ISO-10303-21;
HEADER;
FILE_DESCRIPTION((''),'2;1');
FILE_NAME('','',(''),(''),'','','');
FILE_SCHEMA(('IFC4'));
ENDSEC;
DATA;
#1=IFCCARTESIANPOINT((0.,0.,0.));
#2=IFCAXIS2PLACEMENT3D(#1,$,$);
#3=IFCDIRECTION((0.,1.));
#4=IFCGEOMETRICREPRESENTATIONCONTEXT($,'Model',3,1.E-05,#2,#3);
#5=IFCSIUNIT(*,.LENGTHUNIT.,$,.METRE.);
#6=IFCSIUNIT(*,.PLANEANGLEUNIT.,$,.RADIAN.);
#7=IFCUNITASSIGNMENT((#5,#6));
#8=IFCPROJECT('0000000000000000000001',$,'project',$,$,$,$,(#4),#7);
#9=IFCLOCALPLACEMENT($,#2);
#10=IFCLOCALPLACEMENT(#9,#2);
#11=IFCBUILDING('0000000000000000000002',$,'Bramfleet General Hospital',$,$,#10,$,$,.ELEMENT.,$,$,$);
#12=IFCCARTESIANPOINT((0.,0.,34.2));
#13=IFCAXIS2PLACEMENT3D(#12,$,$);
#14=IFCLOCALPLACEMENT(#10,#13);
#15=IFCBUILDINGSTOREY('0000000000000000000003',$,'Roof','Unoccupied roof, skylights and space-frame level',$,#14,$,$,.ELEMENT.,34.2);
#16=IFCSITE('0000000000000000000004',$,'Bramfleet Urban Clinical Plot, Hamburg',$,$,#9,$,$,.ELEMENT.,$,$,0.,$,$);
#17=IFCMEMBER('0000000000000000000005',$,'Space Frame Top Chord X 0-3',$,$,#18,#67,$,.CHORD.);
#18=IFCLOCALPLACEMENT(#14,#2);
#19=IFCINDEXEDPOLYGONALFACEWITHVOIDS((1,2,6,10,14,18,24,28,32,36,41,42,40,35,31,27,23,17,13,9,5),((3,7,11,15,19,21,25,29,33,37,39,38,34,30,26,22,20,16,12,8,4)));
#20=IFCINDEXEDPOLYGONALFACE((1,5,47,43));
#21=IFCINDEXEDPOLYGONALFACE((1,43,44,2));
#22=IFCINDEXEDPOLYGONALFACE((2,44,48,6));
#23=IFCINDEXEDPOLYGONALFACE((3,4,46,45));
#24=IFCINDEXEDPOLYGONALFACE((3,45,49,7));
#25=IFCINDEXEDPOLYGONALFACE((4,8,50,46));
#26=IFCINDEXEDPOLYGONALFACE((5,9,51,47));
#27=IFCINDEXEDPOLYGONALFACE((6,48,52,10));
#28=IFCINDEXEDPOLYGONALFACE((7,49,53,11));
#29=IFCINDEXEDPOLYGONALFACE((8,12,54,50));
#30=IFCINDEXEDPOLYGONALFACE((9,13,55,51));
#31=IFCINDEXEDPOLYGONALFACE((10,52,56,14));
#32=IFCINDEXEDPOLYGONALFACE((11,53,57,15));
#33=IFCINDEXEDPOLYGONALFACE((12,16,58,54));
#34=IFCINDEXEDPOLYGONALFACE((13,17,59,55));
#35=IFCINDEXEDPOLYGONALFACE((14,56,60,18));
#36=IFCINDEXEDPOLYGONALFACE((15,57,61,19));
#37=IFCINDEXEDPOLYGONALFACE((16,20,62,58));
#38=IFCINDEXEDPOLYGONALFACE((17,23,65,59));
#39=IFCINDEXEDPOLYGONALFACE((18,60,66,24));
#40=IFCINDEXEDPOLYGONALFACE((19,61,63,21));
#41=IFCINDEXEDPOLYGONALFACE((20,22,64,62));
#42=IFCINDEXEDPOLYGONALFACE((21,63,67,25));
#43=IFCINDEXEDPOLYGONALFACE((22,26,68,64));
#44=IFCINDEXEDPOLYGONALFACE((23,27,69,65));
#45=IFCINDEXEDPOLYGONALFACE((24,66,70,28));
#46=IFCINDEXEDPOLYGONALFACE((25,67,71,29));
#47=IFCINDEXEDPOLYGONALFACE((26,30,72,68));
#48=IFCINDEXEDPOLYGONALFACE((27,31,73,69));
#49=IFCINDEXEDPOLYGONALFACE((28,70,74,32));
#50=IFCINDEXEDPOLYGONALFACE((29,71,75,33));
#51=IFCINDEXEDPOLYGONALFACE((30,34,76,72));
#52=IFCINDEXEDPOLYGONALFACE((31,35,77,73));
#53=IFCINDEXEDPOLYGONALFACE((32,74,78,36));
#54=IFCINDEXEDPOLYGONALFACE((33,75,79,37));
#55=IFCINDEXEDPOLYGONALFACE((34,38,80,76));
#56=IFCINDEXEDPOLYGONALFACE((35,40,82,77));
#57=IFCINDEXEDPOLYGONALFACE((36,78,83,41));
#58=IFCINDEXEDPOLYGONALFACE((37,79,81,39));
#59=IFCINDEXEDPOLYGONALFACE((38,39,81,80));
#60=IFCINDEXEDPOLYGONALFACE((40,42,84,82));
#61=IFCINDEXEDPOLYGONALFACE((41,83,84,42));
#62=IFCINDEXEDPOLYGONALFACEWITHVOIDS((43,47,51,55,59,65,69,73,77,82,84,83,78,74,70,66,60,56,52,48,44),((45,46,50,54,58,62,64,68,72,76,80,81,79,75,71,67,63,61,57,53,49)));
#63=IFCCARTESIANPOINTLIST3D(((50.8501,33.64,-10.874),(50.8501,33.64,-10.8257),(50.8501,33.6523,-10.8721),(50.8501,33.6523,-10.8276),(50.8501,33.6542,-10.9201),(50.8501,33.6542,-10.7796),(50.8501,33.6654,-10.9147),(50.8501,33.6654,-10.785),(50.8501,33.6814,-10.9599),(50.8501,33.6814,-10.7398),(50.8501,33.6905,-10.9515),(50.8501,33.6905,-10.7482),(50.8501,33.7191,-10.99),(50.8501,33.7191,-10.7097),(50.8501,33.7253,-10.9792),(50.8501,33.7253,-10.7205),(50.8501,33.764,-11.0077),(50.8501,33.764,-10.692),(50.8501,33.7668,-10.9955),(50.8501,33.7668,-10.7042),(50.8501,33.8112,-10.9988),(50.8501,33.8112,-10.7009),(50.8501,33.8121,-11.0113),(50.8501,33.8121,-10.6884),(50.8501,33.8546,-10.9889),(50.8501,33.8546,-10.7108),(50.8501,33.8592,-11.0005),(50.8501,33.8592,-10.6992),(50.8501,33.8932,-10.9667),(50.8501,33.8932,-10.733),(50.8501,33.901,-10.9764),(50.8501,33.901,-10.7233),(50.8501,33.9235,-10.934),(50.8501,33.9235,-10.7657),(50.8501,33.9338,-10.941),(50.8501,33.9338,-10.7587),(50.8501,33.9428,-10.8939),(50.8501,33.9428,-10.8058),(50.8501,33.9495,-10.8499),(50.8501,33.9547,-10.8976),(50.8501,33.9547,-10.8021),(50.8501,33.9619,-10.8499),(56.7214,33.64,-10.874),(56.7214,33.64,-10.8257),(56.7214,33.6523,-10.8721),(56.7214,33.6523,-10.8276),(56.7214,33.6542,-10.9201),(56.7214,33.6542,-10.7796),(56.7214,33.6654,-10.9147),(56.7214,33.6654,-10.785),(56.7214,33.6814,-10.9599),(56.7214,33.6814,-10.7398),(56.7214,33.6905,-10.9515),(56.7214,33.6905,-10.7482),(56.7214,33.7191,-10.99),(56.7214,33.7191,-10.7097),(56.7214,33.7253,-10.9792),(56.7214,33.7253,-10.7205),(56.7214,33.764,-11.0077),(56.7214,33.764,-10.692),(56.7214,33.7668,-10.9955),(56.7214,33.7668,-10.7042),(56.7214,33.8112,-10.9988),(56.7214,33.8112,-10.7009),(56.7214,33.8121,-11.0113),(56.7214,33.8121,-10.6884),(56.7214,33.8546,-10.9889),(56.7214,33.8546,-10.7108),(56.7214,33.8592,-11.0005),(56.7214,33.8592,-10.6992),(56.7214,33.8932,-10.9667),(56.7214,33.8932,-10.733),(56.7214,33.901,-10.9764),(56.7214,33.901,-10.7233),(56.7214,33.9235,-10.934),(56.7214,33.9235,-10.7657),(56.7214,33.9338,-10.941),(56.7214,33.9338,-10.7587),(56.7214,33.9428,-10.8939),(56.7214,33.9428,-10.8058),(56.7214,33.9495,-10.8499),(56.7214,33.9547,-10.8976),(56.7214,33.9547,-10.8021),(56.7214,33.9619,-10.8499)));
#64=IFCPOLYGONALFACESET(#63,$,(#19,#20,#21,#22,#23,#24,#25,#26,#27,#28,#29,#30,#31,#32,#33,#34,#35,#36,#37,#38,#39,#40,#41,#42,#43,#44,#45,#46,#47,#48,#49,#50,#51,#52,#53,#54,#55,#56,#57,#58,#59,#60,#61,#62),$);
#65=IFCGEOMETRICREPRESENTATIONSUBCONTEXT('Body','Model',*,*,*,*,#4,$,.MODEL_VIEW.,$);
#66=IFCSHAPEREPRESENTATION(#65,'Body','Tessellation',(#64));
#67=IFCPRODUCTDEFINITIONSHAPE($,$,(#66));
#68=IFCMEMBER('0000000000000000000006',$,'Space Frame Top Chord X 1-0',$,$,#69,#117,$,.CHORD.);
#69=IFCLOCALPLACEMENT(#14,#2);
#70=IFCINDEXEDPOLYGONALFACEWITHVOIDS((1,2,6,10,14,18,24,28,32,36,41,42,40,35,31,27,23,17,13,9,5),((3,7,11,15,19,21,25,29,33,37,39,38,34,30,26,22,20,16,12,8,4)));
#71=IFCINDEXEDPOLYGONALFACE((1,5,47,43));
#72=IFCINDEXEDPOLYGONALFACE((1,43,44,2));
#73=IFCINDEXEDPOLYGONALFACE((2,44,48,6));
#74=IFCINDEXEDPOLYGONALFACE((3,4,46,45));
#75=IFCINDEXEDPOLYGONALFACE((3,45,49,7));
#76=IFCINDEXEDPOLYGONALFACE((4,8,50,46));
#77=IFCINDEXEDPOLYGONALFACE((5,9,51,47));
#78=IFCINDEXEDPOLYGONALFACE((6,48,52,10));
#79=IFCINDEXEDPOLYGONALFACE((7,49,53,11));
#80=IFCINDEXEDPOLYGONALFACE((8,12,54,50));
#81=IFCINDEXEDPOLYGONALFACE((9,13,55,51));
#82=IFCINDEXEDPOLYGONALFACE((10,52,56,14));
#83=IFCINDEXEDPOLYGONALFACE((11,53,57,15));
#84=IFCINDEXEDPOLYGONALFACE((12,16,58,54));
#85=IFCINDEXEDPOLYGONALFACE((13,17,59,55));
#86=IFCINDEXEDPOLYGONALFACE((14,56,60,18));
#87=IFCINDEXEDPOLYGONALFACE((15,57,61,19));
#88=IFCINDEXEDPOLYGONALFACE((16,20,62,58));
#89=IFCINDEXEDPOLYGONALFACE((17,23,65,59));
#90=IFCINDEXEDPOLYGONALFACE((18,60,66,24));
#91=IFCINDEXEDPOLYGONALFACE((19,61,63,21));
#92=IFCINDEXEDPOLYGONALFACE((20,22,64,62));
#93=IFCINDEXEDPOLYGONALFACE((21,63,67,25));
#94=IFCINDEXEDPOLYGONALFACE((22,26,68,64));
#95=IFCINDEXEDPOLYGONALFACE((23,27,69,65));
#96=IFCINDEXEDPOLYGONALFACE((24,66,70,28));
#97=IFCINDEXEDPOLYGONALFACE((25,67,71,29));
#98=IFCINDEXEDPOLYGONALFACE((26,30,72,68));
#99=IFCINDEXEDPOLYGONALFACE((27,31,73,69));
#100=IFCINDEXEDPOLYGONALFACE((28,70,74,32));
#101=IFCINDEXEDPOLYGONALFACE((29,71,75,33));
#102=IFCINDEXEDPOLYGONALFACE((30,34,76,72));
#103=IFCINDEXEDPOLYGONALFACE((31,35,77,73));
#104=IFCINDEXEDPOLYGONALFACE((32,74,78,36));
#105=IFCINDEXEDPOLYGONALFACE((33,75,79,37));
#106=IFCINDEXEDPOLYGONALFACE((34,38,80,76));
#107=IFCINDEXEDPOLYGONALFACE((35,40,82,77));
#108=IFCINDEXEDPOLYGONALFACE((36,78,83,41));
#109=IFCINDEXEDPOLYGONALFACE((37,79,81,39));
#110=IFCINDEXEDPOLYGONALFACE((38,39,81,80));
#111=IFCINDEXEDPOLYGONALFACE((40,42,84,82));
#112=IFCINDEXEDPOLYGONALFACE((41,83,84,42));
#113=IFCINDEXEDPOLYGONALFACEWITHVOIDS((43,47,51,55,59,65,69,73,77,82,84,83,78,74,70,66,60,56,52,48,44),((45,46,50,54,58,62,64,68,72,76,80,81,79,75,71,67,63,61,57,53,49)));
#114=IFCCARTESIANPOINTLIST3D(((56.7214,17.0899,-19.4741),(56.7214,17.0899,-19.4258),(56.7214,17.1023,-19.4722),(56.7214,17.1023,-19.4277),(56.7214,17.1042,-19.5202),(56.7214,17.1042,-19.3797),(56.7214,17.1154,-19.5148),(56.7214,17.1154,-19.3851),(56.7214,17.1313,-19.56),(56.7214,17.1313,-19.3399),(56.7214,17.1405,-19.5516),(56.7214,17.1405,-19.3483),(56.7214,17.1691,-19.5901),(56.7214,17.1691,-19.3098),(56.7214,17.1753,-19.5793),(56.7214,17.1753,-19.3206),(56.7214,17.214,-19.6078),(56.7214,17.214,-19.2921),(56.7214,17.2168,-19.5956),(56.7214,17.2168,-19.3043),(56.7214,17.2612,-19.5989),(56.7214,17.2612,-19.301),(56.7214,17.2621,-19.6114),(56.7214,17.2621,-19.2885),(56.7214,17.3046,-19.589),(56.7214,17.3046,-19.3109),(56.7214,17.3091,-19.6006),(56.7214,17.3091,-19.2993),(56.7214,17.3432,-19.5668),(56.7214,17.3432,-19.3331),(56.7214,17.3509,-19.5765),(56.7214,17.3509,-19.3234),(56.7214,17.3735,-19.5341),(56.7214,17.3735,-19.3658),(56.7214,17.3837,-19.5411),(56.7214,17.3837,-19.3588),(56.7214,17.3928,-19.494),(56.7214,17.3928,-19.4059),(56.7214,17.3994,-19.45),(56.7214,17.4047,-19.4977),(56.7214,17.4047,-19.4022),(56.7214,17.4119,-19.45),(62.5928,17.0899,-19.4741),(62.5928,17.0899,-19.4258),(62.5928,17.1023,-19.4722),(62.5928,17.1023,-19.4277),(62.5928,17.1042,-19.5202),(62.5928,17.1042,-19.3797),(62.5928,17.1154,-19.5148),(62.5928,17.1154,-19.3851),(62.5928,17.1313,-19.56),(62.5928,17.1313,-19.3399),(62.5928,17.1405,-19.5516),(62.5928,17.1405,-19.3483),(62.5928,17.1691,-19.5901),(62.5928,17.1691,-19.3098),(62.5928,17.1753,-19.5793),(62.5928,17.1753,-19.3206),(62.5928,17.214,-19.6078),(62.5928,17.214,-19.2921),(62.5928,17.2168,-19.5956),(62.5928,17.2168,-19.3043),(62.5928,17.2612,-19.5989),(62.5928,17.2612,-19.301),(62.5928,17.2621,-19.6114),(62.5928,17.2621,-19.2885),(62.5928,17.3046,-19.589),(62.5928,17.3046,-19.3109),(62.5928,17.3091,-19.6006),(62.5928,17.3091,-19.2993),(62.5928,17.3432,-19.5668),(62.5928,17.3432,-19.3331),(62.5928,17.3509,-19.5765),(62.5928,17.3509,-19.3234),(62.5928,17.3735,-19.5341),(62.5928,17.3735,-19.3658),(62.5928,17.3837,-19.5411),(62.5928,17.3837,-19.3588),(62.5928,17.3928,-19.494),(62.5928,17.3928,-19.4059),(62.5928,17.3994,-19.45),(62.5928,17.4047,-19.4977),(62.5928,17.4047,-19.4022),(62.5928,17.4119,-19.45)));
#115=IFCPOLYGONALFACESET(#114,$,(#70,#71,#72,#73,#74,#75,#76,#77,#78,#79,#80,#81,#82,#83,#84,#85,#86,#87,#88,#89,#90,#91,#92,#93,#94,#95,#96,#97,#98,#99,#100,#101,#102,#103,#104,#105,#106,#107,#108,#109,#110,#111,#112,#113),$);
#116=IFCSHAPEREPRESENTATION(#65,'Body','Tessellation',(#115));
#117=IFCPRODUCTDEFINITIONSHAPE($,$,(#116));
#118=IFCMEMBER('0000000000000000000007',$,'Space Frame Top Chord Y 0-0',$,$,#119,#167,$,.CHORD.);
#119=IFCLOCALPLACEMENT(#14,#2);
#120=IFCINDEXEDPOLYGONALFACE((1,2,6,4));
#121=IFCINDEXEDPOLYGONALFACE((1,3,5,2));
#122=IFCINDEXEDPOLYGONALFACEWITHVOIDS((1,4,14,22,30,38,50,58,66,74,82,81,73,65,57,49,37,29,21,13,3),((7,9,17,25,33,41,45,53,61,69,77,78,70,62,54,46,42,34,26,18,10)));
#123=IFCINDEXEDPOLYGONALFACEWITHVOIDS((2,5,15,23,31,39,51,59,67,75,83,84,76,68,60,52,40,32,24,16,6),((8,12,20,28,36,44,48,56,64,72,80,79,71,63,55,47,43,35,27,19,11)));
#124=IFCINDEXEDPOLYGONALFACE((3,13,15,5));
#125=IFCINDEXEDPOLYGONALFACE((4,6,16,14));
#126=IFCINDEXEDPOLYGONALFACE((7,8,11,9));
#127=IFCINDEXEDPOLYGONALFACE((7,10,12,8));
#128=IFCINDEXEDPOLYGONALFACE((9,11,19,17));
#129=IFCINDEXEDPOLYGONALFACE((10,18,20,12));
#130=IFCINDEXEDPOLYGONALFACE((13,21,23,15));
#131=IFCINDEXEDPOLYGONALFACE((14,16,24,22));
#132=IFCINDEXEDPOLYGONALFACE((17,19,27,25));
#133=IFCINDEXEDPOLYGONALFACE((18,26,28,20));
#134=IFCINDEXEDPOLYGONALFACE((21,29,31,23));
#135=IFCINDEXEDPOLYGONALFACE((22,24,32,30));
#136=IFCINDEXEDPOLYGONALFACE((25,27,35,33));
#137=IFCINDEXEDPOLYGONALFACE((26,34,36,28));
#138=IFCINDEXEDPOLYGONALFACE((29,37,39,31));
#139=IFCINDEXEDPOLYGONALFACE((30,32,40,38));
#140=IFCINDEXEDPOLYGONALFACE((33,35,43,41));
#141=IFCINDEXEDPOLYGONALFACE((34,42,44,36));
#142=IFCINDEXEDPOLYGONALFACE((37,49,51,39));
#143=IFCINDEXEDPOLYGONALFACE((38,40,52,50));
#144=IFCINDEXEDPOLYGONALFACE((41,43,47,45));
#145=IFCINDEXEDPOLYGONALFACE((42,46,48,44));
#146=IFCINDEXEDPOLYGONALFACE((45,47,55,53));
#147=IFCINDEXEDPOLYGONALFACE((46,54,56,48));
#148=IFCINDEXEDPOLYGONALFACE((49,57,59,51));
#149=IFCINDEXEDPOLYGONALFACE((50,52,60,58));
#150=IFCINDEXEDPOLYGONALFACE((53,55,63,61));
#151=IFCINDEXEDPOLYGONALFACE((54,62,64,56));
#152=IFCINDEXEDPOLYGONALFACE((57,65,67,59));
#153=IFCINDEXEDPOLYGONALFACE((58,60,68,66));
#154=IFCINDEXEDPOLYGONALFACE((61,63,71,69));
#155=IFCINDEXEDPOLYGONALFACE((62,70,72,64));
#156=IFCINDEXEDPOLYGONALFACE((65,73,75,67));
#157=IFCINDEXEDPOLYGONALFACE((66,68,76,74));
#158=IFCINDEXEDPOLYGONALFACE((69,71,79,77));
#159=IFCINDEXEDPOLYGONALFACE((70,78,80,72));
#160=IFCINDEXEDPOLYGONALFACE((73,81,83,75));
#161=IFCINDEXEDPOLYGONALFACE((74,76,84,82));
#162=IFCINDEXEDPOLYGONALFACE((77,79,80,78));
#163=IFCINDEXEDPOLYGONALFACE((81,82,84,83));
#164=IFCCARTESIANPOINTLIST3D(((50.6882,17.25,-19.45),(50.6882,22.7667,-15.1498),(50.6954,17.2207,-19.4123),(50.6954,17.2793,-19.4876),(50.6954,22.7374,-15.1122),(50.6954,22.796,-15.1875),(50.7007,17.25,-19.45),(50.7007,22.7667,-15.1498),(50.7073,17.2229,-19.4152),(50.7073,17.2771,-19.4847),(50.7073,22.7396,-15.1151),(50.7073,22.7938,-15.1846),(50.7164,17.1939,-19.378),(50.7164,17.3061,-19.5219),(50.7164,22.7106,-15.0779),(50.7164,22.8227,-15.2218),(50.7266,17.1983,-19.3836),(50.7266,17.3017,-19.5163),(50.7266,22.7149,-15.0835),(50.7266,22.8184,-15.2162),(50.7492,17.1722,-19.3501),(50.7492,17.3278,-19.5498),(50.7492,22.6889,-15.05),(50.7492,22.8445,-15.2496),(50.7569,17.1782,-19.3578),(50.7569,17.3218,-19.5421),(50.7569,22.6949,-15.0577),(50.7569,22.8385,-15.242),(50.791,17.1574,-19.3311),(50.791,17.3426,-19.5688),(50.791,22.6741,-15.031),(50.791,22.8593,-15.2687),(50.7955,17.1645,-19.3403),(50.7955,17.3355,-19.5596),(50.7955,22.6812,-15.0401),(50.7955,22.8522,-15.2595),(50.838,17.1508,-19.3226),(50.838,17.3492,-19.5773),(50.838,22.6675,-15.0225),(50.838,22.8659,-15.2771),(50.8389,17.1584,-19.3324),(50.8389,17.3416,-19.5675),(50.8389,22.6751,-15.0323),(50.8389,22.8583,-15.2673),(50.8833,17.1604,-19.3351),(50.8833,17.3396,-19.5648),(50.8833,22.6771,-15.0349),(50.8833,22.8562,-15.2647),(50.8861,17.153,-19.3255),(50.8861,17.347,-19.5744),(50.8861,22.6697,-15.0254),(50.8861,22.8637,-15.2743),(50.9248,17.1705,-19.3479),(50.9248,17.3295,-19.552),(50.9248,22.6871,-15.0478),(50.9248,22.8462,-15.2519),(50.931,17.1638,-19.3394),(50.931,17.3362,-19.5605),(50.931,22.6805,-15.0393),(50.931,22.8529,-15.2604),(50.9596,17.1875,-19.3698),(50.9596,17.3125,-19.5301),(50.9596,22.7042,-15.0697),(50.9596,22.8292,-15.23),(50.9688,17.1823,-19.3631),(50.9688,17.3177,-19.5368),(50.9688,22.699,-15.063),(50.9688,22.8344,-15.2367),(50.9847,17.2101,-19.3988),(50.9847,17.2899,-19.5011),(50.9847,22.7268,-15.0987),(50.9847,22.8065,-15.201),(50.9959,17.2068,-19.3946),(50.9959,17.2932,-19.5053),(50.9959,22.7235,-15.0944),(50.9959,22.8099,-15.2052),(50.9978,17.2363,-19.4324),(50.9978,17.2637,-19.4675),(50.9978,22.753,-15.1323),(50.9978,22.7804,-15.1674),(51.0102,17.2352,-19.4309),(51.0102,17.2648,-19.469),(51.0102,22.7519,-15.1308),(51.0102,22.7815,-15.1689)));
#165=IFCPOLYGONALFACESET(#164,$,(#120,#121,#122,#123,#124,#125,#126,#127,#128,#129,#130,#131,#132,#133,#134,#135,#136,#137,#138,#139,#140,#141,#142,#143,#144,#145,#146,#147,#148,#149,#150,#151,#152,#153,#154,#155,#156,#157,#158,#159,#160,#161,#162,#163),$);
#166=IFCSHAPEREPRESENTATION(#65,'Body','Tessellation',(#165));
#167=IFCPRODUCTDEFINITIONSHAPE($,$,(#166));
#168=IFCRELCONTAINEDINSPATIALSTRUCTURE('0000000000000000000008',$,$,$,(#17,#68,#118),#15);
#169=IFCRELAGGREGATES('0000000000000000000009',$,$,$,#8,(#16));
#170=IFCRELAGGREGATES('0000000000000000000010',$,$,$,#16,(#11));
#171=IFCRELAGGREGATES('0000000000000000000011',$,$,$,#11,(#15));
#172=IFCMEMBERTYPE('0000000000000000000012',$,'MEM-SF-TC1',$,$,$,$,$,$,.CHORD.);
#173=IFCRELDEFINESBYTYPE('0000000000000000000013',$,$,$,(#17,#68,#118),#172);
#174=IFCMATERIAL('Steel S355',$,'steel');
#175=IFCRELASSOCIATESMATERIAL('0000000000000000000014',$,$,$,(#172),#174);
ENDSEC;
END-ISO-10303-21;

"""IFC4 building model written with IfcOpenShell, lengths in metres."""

from ifc_helpers import new_model, si_unit, direction, frame, origin, origin_2d, place, context, subcontext, project, spatial, hollow_circle, extrude, material, material_profile, profile_set, type_object, element, save


model = new_model("IFC4")

# Units and contexts
model_context = context("Model", 3, precision=1e-05, world=origin(), true_north=direction((0.0, 1.0)))
body_context = subcontext(model_context, "Body", "Model", "MODEL_VIEW")
ifc_project = project(units=[si_unit("LENGTHUNIT", "METRE"), si_unit("PLANEANGLEUNIT", "RADIAN")], contexts=[model_context])

# Site, building, storey
site_placement = place(None, origin())
site = spatial("IfcSite", under=ifc_project, at=site_placement, Name="Bramfleet Urban Clinical Plot, Hamburg", CompositionType="ELEMENT", RefElevation=0.0)
building_placement = place(site_placement, origin())
building = spatial("IfcBuilding", under=site, at=building_placement, Name="Bramfleet General Hospital", CompositionType="ELEMENT")
storey_placement = place(building_placement, frame((0.0, 0.0, 34.2)))
storey = spatial("IfcBuildingStorey", under=building, at=storey_placement, Name="Roof", Description="Unoccupied roof, skylights and space-frame level", CompositionType="ELEMENT", Elevation=34.2)

# Members
ifc_material_1 = material(Name="Steel S355", Category="steel")
ifc_material_profile_1 = material_profile(ifc_material_1, hollow_circle(Radius=0.1619, WallThickness=0.0125, at=origin_2d()), Name="CHS 323.9x12.5")
ifc_profile_set_1 = profile_set([ifc_material_profile_1], Name="Steel S355")
member_type_1 = type_object("IfcMemberType", Name="MEM-SF-TC1", PredefinedType="CHORD", material=ifc_profile_set_1)
for number, where, z_axis, x_axis, name in (
    (1, (50.8501, 33.8, -10.8499), (1.0, 0.0, 0.0), (0.0, 1.0, 0.0), "Space Frame Top Chord X 0-3"),
    (2, (56.7214, 17.25, -19.45), (1.0, 0.0, 0.0), (0.0, 1.0, 0.0), "Space Frame Top Chord X 1-0"),
):
    element("IfcMember", number, at=place(storey_placement, frame(where, z_axis=z_axis, x_axis=x_axis)), inside=storey, type_object=member_type_1, Name=name, PredefinedType="CHORD", context=body_context, shape_type="SweptSolid", body=[
        extrude(hollow_circle(Radius=0.1619, WallThickness=0.0125, at=origin_2d()), origin(), (0.0, 0.0, 1.0), 5.8713),
    ])
member_1_placement = place(storey_placement, frame((50.8501, 17.25, -19.45), z_axis=(0.0, 0.788703, 0.614774), x_axis=(-1.0, 0.0, 0.0)))
element("IfcMember", 3, at=member_1_placement, inside=storey, type_object=member_type_1, Name="Space Frame Top Chord Y 0-0", PredefinedType="CHORD", context=body_context, shape_type="SweptSolid", body=[
    extrude(hollow_circle(Radius=0.1619, WallThickness=0.0125, at=origin_2d()), origin(), (0.0, 0.0, 1.0), 6.9946),
])

save(model, "model.ifc")
